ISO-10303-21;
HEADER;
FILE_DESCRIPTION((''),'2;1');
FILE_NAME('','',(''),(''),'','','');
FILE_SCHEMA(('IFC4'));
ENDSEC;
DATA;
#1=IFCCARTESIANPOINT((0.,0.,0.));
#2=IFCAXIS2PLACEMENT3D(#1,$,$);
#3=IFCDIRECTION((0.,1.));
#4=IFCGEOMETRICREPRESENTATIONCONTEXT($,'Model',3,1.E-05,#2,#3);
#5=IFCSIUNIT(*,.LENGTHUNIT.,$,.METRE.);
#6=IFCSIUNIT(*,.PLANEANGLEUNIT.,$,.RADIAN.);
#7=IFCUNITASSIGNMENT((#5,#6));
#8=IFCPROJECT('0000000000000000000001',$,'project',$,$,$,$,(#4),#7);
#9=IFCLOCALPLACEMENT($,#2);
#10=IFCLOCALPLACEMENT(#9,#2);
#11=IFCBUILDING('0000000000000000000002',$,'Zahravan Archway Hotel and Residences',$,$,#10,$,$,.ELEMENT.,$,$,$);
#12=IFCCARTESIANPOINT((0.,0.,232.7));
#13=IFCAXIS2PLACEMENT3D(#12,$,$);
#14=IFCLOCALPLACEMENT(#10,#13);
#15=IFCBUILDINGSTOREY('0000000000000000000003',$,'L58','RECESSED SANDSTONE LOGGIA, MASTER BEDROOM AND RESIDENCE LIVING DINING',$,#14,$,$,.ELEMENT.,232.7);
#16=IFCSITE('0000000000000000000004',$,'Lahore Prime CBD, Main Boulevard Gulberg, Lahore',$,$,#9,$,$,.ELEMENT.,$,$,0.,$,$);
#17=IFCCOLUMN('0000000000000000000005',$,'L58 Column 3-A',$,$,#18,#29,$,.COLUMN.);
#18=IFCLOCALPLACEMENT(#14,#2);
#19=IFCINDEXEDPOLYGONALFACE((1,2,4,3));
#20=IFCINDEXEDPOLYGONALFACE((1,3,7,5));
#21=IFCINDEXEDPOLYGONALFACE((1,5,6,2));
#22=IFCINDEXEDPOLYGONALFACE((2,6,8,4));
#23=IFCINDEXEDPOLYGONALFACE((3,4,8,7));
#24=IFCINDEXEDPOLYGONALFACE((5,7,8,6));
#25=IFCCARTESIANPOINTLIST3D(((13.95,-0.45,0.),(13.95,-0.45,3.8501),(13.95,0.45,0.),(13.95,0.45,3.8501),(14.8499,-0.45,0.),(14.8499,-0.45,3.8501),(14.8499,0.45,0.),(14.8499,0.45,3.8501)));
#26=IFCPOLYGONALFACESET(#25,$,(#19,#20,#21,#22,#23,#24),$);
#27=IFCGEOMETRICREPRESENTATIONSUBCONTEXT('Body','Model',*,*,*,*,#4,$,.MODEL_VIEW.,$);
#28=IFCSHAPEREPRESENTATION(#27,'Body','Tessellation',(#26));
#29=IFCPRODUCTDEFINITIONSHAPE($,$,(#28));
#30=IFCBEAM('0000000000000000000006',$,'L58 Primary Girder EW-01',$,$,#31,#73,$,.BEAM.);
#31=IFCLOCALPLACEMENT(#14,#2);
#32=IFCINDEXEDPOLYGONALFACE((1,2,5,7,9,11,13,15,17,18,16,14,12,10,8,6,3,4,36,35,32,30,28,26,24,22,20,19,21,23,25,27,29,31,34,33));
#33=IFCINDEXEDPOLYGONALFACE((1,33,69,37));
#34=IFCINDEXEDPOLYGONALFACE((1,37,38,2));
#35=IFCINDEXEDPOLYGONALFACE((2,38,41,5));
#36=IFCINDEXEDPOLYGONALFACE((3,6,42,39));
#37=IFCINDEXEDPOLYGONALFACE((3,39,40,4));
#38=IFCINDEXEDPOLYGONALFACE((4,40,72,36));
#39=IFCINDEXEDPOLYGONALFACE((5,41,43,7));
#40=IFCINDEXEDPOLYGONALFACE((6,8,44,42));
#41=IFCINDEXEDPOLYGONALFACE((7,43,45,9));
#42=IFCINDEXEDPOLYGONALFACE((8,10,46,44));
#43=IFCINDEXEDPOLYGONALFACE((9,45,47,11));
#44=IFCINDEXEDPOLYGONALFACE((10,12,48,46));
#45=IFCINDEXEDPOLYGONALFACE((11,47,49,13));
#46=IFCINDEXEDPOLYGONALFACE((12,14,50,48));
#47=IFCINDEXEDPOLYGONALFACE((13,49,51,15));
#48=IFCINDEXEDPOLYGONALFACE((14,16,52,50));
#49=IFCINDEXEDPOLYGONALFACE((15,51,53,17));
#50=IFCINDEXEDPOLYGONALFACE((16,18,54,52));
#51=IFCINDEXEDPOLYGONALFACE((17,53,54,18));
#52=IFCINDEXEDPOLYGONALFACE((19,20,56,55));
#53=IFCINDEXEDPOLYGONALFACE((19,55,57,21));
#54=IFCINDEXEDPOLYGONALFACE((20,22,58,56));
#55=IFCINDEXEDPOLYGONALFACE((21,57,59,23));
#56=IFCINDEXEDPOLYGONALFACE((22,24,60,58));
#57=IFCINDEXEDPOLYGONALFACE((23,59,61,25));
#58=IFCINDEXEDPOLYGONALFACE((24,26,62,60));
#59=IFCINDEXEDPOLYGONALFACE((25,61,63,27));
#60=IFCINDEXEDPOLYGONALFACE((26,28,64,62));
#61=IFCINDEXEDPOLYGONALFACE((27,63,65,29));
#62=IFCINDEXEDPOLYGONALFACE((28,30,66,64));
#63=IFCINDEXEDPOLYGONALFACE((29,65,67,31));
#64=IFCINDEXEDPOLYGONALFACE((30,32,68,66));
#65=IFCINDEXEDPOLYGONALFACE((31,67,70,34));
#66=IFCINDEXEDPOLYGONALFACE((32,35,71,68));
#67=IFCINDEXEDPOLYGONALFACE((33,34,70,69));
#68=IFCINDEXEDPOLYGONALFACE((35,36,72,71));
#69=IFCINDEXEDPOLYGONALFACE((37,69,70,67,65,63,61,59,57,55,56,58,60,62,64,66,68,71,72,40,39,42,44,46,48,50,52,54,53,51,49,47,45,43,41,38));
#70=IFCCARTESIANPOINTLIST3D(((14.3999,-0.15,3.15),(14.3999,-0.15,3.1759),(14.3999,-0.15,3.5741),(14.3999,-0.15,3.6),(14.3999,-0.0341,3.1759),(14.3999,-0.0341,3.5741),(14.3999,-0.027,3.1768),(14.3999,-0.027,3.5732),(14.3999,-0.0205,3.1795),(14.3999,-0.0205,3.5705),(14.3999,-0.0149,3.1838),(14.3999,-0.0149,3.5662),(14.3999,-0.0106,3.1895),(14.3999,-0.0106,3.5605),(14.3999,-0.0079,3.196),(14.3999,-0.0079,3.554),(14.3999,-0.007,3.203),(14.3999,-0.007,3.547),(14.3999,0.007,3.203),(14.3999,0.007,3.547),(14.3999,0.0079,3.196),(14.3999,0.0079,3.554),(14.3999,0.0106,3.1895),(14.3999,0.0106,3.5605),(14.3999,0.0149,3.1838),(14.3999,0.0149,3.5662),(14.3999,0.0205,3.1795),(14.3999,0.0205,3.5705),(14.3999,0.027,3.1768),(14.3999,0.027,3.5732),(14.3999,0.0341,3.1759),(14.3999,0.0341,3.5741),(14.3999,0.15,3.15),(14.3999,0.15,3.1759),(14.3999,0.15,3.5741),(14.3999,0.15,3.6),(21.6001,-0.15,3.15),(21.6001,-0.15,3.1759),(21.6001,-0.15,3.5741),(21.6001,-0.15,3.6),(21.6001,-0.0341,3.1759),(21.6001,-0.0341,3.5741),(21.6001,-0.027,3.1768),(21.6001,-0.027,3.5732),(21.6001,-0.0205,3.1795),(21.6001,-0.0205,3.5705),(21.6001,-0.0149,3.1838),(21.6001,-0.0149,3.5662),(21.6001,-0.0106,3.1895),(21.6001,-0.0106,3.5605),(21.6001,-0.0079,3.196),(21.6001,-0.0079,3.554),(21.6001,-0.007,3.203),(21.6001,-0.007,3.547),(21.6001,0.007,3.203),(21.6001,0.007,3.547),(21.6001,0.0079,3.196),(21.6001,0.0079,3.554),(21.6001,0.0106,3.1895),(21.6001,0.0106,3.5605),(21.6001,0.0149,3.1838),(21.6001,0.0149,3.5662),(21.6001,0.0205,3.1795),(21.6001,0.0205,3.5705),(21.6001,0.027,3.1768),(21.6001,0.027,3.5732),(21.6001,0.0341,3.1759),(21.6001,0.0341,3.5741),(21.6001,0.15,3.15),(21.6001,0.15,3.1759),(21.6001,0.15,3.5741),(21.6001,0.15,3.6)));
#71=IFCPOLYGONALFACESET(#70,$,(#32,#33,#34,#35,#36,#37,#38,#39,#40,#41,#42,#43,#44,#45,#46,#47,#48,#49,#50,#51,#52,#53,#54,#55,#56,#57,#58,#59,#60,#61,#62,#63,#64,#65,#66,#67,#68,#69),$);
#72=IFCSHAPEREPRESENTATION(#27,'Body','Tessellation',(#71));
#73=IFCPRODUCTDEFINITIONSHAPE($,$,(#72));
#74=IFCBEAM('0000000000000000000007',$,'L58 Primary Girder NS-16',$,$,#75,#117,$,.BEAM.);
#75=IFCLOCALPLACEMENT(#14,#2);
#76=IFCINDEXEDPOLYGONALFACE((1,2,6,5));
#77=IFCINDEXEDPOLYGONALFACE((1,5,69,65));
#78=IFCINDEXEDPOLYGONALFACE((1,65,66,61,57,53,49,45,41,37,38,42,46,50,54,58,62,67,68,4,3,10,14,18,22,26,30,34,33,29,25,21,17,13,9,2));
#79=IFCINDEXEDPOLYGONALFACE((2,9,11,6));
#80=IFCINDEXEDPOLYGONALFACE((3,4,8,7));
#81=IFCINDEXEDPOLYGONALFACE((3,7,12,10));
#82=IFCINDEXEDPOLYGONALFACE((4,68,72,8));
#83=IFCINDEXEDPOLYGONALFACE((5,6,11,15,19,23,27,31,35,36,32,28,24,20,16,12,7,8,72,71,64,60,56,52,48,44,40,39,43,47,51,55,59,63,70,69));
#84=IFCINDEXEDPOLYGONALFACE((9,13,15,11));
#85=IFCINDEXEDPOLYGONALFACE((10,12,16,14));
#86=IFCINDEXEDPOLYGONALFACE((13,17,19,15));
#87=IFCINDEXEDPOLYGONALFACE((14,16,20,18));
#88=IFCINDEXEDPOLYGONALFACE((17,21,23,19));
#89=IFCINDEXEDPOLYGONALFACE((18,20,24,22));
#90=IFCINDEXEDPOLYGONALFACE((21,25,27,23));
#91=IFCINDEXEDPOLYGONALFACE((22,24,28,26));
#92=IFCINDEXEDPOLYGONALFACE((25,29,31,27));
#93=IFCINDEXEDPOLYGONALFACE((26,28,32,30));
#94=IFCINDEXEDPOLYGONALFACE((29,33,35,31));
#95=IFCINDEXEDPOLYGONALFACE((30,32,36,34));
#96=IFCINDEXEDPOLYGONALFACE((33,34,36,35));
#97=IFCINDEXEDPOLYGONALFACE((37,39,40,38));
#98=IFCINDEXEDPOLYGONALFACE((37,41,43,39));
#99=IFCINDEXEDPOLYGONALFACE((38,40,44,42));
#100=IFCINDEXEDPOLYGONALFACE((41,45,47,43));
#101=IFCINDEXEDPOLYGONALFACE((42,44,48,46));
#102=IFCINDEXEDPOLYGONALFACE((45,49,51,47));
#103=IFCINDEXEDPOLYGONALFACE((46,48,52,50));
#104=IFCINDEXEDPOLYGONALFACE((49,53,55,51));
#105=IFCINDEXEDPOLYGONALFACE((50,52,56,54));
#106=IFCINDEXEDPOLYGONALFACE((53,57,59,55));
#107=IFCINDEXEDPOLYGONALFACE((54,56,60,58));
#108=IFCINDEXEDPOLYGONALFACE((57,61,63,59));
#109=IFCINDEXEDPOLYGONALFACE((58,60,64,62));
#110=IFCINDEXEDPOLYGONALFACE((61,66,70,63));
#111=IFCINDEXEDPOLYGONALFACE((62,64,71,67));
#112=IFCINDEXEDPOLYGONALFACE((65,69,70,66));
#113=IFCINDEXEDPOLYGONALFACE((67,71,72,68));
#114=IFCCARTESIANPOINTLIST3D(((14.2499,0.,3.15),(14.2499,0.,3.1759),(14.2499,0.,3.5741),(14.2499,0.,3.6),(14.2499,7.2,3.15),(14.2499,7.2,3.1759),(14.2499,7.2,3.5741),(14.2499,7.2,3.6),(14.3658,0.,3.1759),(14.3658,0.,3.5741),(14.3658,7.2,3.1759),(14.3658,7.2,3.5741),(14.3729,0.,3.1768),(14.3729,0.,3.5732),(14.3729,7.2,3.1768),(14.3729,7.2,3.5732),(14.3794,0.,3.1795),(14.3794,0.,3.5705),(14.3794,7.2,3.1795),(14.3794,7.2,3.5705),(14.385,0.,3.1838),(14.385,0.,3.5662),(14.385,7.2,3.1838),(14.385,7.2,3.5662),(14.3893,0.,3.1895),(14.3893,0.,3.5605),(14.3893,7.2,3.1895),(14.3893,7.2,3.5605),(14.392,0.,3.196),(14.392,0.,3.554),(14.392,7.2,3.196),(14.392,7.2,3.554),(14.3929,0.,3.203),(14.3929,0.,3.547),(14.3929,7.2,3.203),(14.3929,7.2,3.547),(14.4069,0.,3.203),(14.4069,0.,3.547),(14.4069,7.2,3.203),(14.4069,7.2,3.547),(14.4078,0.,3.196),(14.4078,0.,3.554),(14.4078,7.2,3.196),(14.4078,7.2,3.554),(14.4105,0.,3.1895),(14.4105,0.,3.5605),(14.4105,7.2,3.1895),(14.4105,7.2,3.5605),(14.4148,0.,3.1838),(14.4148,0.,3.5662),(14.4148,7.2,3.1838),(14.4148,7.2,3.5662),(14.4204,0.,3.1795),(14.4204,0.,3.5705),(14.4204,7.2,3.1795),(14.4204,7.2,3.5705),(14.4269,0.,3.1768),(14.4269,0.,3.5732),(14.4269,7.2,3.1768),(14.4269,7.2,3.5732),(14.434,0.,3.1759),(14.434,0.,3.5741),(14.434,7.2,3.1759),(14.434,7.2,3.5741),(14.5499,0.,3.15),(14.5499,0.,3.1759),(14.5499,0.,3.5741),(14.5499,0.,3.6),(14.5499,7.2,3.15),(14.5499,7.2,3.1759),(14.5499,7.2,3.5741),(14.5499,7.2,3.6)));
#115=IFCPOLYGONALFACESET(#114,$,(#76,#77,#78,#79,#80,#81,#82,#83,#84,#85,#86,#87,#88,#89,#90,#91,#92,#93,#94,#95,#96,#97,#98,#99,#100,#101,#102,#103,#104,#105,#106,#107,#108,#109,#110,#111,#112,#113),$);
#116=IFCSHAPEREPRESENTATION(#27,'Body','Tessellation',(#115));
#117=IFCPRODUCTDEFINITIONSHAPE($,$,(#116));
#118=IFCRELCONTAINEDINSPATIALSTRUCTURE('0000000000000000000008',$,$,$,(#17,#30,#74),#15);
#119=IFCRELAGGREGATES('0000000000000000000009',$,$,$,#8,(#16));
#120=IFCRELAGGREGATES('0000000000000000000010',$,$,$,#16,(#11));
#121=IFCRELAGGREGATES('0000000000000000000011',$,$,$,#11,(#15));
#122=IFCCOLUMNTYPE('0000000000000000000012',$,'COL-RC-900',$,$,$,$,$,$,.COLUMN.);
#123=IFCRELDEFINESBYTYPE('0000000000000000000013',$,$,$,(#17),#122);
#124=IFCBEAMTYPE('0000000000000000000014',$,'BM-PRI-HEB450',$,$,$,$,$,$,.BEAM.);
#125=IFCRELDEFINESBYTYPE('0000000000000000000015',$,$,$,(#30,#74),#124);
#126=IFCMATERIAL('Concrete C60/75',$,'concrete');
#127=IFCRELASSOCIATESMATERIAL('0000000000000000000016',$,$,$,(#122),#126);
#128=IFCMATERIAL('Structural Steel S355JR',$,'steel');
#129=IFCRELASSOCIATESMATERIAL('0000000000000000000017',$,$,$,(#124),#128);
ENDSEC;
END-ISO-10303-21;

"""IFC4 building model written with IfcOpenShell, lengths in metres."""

from ifc_helpers import new_model, si_unit, direction, frame, origin, origin_2d, place, context, subcontext, project, spatial, rectangle, i_section, extrude, source, transform, mapped, material, material_profile, profile_set, type_object, type_shapes, element, save


model = new_model("IFC4")

# Units and contexts
model_context = context("Model", 3, precision=1e-05, world=origin(), true_north=direction((0.0, 1.0)))
body_context = subcontext(model_context, "Body", "Model", "MODEL_VIEW")
ifc_project = project(units=[si_unit("LENGTHUNIT", "METRE"), si_unit("PLANEANGLEUNIT", "RADIAN")], contexts=[model_context])

# Site, building, storey
site_placement = place(None, origin())
site = spatial("IfcSite", under=ifc_project, at=site_placement, Name="Lahore Prime CBD, Main Boulevard Gulberg, Lahore", CompositionType="ELEMENT", RefElevation=0.0)
building_placement = place(site_placement, origin())
building = spatial("IfcBuilding", under=site, at=building_placement, Name="Zahravan Archway Hotel and Residences", CompositionType="ELEMENT")
storey_placement = place(building_placement, frame((0.0, 0.0, 232.7)))
storey = spatial("IfcBuildingStorey", under=building, at=storey_placement, Name="L58", Description="RECESSED SANDSTONE LOGGIA, MASTER BEDROOM AND RESIDENCE LIVING DINING", CompositionType="ELEMENT", Elevation=232.7)

# Column
ifc_material_1 = material(Name="Concrete C60/75", Category="concrete")
ifc_material_profile_1 = material_profile(ifc_material_1, rectangle(XDim=0.8999, YDim=0.8999, at=origin_2d()), Name="RC-COL-900x900", Category="concrete")
ifc_profile_set_1 = profile_set([ifc_material_profile_1], Name="Concrete C60/75")
column_type = type_object("IfcColumnType", Name="COL-RC-900", PredefinedType="COLUMN", material=ifc_profile_set_1)
shared_shape_1 = source(origin(), body_context, "Body", "SweptSolid", [
    extrude(rectangle(XDim=0.8999, YDim=0.8999, at=origin_2d()), origin(), (0.0, 0.0, 1.0), 3.8501),
])
type_shapes(column_type, [shared_shape_1])
column_placement = place(storey_placement, frame((14.3999, 0.0, 0.0), z_axis=(0.0, 0.0, 1.0), x_axis=(1.0, 0.0, 0.0)))
element("IfcColumn", 1, at=column_placement, inside=storey, type_object=column_type, Name="L58 Column 3-A", PredefinedType="COLUMN", context=body_context, shape_type="MappedRepresentation", body=[
    mapped(shared_shape_1, transform((0.0, 0.0, 0.0), scale=1.0)),
])

# Beams
ifc_material_2 = material(Name="Structural Steel S355JR", Category="steel")
ifc_material_profile_2 = material_profile(ifc_material_2, i_section(OverallWidth=0.3, OverallDepth=0.45, WebThickness=0.0139, FlangeThickness=0.0259, FilletRadius=0.0271, at=origin_2d()), Name="HEB 450", Category="steel")
ifc_profile_set_2 = profile_set([ifc_material_profile_2], Name="Structural Steel S355JR")
beam_type = type_object("IfcBeamType", Name="BM-PRI-HEB450", PredefinedType="BEAM", material=ifc_profile_set_2)
shared_shape_2 = source(origin(), body_context, "Body", "SweptSolid", [
    extrude(i_section(OverallWidth=0.3, OverallDepth=0.45, WebThickness=0.0139, FlangeThickness=0.0259, FilletRadius=0.0271, at=origin_2d()), origin(), (0.0, 0.0, 1.0), 7.2002),
])
type_shapes(beam_type, [shared_shape_2])
beam_1_placement = place(storey_placement, frame((14.3999, 0.0, 3.375), z_axis=(1.0, 0.0, 0.0), x_axis=(0.0, 1.0, 0.0)))
element("IfcBeam", 2, at=beam_1_placement, inside=storey, type_object=beam_type, Name="L58 Primary Girder EW-01", PredefinedType="BEAM", context=body_context, shape_type="MappedRepresentation", body=[
    mapped(shared_shape_2, transform((0.0, 0.0, 0.0), scale=1.0)),
])
shared_shape_3 = source(origin(), body_context, "Body", "SweptSolid", [
    extrude(i_section(OverallWidth=0.3, OverallDepth=0.45, WebThickness=0.0139, FlangeThickness=0.0259, FilletRadius=0.0271, at=origin_2d()), origin(), (0.0, 0.0, 1.0), 7.2),
])
beam_2_placement = place(storey_placement, frame((14.3999, 0.0, 3.375), z_axis=(0.0, 1.0, 0.0), x_axis=(-1.0, 0.0, 0.0)))
element("IfcBeam", 3, at=beam_2_placement, inside=storey, type_object=beam_type, Name="L58 Primary Girder NS-16", PredefinedType="BEAM", context=body_context, shape_type="MappedRepresentation", body=[
    mapped(shared_shape_3, transform((0.0, 0.0, 0.0), scale=1.0)),
])

save(model, "model.ifc")
